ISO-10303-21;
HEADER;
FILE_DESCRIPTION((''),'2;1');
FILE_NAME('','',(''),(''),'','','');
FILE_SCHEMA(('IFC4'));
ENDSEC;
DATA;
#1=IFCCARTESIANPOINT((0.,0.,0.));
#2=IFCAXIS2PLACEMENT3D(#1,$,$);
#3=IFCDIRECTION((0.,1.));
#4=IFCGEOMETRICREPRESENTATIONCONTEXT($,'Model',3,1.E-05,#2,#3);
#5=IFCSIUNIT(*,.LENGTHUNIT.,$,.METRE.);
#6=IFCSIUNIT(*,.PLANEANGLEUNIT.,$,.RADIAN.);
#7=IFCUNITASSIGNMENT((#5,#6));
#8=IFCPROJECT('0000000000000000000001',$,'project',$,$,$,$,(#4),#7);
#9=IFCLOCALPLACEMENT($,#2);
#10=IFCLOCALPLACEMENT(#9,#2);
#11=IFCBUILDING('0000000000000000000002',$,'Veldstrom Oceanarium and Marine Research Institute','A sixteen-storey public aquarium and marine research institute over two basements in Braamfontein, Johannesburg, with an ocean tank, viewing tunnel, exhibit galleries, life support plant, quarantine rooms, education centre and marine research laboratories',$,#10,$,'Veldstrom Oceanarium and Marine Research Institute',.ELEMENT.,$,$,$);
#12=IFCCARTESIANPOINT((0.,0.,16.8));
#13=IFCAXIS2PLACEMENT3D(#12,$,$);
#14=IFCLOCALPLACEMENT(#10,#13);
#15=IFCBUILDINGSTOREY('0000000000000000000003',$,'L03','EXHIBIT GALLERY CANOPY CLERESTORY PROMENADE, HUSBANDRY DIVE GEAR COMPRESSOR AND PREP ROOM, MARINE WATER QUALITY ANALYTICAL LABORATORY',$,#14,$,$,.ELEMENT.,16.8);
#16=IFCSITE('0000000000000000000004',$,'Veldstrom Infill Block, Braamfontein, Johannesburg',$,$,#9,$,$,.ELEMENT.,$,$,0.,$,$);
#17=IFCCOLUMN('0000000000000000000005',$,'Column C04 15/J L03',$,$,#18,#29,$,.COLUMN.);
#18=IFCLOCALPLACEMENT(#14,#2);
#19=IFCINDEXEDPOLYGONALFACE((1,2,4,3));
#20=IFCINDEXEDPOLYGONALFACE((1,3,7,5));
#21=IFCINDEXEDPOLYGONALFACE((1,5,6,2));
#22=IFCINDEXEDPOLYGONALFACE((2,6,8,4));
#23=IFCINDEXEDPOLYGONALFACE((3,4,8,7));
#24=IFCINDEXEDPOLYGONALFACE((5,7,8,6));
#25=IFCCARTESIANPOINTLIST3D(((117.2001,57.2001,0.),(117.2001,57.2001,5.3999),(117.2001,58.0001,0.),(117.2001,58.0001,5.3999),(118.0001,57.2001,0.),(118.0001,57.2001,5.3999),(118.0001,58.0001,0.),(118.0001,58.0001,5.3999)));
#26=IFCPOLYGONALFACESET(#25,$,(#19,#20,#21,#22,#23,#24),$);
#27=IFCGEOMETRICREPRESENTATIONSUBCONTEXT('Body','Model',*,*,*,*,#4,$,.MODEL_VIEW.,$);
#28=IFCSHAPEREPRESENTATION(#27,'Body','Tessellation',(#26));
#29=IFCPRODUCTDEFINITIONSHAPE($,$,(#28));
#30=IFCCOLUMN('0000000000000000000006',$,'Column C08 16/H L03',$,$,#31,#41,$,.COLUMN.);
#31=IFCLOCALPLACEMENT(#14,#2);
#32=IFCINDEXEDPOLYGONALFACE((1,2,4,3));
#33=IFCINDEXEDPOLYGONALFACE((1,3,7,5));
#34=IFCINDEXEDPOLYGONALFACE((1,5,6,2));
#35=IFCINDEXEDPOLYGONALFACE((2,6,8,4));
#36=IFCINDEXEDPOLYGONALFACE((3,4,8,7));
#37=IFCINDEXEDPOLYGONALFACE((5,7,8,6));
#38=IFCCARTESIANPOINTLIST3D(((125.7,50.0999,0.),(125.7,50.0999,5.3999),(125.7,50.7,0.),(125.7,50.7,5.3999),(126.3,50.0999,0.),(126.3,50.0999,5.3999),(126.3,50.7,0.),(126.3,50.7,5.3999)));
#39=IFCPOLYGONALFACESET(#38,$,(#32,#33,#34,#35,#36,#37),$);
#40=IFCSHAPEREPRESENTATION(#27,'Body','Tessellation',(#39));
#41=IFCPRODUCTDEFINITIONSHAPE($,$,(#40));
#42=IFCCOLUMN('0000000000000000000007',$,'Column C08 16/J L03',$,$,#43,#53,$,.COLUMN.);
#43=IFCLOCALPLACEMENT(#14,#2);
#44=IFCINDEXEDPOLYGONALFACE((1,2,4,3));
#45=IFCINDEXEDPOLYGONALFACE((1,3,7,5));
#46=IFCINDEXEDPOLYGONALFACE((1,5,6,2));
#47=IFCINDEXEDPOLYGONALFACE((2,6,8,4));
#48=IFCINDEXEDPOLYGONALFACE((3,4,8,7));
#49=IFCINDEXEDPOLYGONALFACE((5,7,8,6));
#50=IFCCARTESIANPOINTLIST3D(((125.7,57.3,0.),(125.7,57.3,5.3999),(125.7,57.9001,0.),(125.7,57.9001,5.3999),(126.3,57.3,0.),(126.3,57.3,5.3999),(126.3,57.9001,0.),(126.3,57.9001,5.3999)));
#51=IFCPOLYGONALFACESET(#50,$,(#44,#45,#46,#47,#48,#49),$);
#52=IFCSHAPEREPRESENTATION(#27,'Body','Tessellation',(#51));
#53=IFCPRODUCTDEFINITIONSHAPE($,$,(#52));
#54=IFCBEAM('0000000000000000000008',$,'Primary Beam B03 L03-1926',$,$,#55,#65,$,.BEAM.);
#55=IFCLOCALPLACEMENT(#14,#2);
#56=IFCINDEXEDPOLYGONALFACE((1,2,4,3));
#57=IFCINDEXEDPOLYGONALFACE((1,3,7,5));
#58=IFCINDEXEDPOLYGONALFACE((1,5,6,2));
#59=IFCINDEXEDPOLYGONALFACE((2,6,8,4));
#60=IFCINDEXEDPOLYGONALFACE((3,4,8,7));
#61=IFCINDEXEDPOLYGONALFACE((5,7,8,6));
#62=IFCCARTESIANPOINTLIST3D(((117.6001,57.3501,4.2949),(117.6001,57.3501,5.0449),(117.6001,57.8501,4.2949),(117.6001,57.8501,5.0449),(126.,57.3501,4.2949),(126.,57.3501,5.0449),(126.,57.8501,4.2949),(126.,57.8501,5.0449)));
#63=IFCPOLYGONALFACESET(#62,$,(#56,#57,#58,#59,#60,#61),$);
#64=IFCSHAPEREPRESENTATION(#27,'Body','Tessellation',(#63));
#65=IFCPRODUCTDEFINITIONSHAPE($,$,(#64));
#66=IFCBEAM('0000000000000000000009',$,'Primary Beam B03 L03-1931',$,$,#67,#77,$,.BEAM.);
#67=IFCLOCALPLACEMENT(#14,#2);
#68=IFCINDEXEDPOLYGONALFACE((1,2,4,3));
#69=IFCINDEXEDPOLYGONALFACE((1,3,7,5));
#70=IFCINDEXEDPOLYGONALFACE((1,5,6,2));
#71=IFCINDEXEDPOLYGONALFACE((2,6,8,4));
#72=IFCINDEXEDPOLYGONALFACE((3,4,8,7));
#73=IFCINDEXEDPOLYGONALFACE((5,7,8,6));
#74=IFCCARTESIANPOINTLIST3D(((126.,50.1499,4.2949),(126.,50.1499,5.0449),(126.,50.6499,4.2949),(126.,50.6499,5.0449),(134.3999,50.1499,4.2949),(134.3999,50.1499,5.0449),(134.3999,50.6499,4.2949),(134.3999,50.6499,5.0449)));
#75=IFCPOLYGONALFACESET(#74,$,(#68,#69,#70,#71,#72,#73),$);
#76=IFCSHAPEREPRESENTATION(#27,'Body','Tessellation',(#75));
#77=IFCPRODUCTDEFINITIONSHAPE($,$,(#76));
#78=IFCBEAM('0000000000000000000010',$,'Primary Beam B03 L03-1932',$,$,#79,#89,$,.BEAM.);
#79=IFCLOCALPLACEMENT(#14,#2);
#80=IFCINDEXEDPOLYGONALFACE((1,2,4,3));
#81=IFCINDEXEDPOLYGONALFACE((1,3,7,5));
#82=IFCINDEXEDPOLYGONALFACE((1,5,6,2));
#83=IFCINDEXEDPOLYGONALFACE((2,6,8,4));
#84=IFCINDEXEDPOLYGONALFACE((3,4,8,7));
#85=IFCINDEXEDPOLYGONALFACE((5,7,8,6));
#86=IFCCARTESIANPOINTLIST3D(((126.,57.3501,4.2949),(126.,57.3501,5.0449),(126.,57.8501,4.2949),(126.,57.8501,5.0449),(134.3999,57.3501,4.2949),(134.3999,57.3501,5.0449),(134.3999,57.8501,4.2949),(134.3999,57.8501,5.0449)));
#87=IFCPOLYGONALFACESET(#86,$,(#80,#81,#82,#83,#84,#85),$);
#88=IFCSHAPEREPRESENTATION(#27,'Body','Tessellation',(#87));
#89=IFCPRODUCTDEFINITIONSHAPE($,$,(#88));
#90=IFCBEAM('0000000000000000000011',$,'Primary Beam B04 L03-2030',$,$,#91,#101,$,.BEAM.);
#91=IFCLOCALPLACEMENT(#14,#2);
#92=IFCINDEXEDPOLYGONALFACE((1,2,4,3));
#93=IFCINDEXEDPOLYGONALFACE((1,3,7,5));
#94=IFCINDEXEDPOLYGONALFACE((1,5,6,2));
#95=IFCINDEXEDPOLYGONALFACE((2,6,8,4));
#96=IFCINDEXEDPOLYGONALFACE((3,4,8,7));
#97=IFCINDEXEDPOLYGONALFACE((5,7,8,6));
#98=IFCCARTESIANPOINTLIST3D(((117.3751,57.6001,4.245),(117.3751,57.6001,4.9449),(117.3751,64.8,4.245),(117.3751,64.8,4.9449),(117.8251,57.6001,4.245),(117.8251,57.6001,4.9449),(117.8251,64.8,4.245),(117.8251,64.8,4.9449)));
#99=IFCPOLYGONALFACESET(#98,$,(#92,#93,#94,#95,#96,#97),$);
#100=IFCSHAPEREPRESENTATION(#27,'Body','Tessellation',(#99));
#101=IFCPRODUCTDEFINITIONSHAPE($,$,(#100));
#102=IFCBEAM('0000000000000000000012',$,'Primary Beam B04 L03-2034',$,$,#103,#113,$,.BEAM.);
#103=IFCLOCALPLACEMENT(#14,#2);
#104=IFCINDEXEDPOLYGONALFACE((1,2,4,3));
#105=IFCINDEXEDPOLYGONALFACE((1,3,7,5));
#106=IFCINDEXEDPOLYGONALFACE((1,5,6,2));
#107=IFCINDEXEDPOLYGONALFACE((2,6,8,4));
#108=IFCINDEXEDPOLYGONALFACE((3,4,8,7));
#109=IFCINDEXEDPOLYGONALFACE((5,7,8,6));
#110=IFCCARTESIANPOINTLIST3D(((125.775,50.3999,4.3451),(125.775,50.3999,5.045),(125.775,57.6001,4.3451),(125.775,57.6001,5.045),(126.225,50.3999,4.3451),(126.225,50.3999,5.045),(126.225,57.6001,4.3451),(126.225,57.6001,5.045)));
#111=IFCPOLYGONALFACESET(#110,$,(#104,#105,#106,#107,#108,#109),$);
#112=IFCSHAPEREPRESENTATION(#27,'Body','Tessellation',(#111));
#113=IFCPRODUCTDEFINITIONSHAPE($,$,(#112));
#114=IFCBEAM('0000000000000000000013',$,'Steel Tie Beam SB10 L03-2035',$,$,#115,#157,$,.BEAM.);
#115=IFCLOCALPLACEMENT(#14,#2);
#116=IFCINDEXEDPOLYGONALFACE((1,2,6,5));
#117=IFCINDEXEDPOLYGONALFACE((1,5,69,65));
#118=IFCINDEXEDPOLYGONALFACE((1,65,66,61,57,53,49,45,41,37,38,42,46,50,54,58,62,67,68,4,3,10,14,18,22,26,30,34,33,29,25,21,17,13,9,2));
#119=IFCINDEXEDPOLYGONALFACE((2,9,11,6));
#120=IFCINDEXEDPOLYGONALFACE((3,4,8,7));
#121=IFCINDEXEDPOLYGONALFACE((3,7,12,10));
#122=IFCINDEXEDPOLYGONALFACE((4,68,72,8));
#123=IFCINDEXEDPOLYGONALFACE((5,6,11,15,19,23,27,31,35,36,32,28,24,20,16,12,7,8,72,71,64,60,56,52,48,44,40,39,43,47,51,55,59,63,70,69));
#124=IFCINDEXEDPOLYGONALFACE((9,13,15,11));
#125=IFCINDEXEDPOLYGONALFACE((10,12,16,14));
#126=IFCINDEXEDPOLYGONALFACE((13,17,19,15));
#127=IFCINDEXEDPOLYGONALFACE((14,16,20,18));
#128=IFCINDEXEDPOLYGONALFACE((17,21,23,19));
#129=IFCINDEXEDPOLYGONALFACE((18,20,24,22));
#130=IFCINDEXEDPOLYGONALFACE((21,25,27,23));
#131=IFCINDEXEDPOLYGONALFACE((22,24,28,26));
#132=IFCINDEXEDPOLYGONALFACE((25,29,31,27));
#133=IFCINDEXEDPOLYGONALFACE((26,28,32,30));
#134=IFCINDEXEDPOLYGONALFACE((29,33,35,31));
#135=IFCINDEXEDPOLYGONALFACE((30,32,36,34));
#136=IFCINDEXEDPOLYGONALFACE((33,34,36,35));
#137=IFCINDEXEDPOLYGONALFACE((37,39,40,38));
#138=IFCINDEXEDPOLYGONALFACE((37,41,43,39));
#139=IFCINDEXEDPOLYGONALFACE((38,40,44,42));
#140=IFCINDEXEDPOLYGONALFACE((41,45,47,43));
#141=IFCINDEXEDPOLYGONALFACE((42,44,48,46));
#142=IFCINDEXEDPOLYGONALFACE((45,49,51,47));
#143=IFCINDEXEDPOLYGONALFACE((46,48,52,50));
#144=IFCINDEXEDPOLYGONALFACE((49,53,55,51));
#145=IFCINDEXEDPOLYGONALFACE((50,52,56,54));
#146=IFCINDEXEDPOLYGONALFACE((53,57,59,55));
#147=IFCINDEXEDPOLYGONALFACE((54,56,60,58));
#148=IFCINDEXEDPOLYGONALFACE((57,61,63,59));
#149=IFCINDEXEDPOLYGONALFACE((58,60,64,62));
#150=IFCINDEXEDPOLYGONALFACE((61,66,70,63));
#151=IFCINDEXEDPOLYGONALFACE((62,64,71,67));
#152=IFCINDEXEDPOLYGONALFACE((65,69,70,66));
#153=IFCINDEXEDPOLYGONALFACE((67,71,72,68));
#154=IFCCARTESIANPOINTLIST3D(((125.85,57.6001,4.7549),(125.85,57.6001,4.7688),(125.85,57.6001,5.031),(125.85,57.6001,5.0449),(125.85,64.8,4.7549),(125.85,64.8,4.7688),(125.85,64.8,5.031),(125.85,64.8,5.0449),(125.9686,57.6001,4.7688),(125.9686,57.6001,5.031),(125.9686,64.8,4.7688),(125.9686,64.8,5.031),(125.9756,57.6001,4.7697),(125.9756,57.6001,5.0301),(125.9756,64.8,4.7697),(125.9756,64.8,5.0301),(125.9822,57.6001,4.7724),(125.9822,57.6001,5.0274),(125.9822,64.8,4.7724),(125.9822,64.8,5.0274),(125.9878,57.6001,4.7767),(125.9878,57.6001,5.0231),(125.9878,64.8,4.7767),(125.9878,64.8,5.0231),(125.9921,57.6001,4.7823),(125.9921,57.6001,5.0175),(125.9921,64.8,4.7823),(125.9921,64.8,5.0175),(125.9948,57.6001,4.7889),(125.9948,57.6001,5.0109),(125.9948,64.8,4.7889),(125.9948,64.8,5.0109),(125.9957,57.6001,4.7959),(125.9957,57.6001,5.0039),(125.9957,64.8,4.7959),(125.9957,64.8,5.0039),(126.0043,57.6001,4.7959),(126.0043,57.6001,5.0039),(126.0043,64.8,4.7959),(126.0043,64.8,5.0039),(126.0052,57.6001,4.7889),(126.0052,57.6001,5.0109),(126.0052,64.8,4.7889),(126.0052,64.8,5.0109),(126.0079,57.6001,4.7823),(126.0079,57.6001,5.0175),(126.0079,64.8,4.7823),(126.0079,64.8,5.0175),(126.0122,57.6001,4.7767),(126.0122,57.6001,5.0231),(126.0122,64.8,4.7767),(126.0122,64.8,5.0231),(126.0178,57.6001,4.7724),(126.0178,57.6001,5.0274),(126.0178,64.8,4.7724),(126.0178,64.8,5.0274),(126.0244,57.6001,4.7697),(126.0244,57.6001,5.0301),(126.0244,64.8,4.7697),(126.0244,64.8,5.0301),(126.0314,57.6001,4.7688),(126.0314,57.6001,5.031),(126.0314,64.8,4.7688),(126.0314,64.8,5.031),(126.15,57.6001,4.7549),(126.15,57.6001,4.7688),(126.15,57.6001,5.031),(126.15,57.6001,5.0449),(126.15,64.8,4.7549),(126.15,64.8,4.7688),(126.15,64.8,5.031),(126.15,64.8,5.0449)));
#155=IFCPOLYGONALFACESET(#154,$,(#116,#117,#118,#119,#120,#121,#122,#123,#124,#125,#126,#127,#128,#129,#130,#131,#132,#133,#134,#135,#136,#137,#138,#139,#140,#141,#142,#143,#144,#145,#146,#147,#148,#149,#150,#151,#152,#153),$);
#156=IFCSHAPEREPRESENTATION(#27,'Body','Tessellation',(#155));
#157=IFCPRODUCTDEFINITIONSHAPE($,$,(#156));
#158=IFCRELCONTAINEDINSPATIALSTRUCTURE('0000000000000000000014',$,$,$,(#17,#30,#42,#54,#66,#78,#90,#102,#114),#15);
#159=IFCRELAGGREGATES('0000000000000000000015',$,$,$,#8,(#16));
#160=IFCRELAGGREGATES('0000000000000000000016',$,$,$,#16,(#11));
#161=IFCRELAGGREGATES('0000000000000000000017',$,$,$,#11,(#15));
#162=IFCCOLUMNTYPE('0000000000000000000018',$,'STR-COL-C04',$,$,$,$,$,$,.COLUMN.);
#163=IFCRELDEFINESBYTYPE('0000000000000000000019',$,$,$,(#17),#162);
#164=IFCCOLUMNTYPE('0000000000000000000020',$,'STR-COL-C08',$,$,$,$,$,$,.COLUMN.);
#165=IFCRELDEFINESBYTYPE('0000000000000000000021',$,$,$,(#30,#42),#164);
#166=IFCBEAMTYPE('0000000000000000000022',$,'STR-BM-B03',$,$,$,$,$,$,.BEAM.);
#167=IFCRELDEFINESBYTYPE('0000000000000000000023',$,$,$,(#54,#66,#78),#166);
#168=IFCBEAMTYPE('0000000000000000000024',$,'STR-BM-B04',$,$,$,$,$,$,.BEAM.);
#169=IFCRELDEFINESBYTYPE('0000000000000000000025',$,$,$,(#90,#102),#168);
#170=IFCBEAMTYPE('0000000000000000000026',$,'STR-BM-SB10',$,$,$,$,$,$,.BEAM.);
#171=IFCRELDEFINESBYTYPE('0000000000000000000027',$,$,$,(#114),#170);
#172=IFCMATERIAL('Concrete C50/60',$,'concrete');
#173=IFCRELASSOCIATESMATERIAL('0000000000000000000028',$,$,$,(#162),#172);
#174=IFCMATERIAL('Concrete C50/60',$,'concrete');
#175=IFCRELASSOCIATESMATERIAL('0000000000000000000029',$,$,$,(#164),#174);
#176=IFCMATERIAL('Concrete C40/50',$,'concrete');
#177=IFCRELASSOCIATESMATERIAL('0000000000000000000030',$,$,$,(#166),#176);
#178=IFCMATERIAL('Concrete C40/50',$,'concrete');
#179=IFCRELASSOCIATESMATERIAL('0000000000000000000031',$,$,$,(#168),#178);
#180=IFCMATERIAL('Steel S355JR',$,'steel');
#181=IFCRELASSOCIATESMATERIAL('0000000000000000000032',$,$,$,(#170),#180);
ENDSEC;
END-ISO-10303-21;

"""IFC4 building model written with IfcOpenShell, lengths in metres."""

from ifc_helpers import new_model, si_unit, direction, frame, origin, origin_2d, place, context, subcontext, project, spatial, rectangle, i_section, extrude, material, material_profile, profile_set, type_object, element, save


model = new_model("IFC4")

# Units and contexts
model_context = context("Model", 3, precision=1e-05, world=origin(), true_north=direction((0.0, 1.0)))
body_context = subcontext(model_context, "Body", "Model", "MODEL_VIEW")
ifc_project = project(units=[si_unit("LENGTHUNIT", "METRE"), si_unit("PLANEANGLEUNIT", "RADIAN")], contexts=[model_context])

# Site, building, storey
site_placement = place(None, origin())
site = spatial("IfcSite", under=ifc_project, at=site_placement, Name="Veldstrom Infill Block, Braamfontein, Johannesburg", CompositionType="ELEMENT", RefElevation=0.0)
building_placement = place(site_placement, origin())
building = spatial("IfcBuilding", under=site, at=building_placement, Name="Veldstrom Oceanarium and Marine Research Institute", Description="A sixteen-storey public aquarium and marine research institute over two basements in Braamfontein, Johannesburg, with an ocean tank, viewing tunnel, exhibit galleries, life support plant, quarantine rooms, education centre and marine research laboratories", LongName="Veldstrom Oceanarium and Marine Research Institute", CompositionType="ELEMENT")
storey_placement = place(building_placement, frame((0.0, 0.0, 16.8)))
storey = spatial("IfcBuildingStorey", under=building, at=storey_placement, Name="L03", Description="EXHIBIT GALLERY CANOPY CLERESTORY PROMENADE, HUSBANDRY DIVE GEAR COMPRESSOR AND PREP ROOM, MARINE WATER QUALITY ANALYTICAL LABORATORY", CompositionType="ELEMENT", Elevation=16.8)

# Columns
ifc_material_1 = material(Name="Concrete C50/60", Category="concrete")
ifc_material_profile_1 = material_profile(ifc_material_1, rectangle(XDim=0.8, YDim=0.8, at=origin_2d()), Name="RC-COL-800x800")
ifc_profile_set_1 = profile_set([ifc_material_profile_1], Name="Concrete C50/60")
column_type_1 = type_object("IfcColumnType", Name="STR-COL-C04", PredefinedType="COLUMN", material=ifc_profile_set_1)
column_placement = place(storey_placement, frame((117.6001, 57.6001, 0.0), z_axis=(0.0, 0.0, 1.0), x_axis=(1.0, 0.0, 0.0)))
element("IfcColumn", 1, at=column_placement, inside=storey, type_object=column_type_1, Name="Column C04 15/J L03", PredefinedType="COLUMN", context=body_context, shape_type="SweptSolid", body=[
    extrude(rectangle(XDim=0.8, YDim=0.8, at=origin_2d()), origin(), (0.0, 0.0, 1.0), 5.3999),
])
ifc_material_2 = material(Name="Concrete C50/60", Category="concrete")
ifc_material_profile_2 = material_profile(ifc_material_2, rectangle(XDim=0.6001, YDim=0.6001, at=origin_2d()), Name="RC-COL-600x600")
ifc_profile_set_2 = profile_set([ifc_material_profile_2], Name="Concrete C50/60")
column_type_2 = type_object("IfcColumnType", Name="STR-COL-C08", PredefinedType="COLUMN", material=ifc_profile_set_2)
for number, where, z_axis, x_axis, name in (
    (2, (126.0, 50.3999, 0.0), (0.0, 0.0, 1.0), (1.0, 0.0, 0.0), "Column C08 16/H L03"),
    (3, (126.0, 57.6001, 0.0), (0.0, 0.0, 1.0), (1.0, 0.0, 0.0), "Column C08 16/J L03"),
):
    element("IfcColumn", number, at=place(storey_placement, frame(where, z_axis=z_axis, x_axis=x_axis)), inside=storey, type_object=column_type_2, Name=name, PredefinedType="COLUMN", context=body_context, shape_type="SweptSolid", body=[
        extrude(rectangle(XDim=0.6001, YDim=0.6001, at=origin_2d()), origin(), (0.0, 0.0, 1.0), 5.3999),
    ])

# Beams
ifc_material_3 = material(Name="Concrete C40/50", Category="concrete")
ifc_material_profile_3 = material_profile(ifc_material_3, rectangle(XDim=0.5, YDim=0.75, at=origin_2d()), Name="RC-BM-500x750")
ifc_profile_set_3 = profile_set([ifc_material_profile_3], Name="Concrete C40/50")
beam_type_1 = type_object("IfcBeamType", Name="STR-BM-B03", PredefinedType="BEAM", material=ifc_profile_set_3)
for number, where, z_axis, x_axis, name in (
    (4, (117.6001, 57.6001, 4.6699), (1.0, 0.0, 0.0), (0.0, 1.0, 0.0), "Primary Beam B03 L03-1926"),
    (5, (126.0, 50.3999, 4.6699), (1.0, 0.0, 0.0), (0.0, 1.0, 0.0), "Primary Beam B03 L03-1931"),
    (6, (126.0, 57.6001, 4.6699), (1.0, 0.0, 0.0), (0.0, 1.0, 0.0), "Primary Beam B03 L03-1932"),
):
    element("IfcBeam", number, at=place(storey_placement, frame(where, z_axis=z_axis, x_axis=x_axis)), inside=storey, type_object=beam_type_1, Name=name, PredefinedType="BEAM", context=body_context, shape_type="SweptSolid", body=[
        extrude(rectangle(XDim=0.5, YDim=0.75, at=origin_2d()), origin(), (0.0, 0.0, 1.0), 8.3999),
    ])
ifc_material_4 = material(Name="Concrete C40/50", Category="concrete")
ifc_material_profile_4 = material_profile(ifc_material_4, rectangle(XDim=0.45, YDim=0.7, at=origin_2d()), Name="RC-BM-450x700")
ifc_profile_set_4 = profile_set([ifc_material_profile_4], Name="Concrete C40/50")
beam_type_2 = type_object("IfcBeamType", Name="STR-BM-B04", PredefinedType="BEAM", material=ifc_profile_set_4)
beam_1_placement = place(storey_placement, frame((117.6001, 57.6001, 4.595), z_axis=(0.0, 1.0, 0.0), x_axis=(-1.0, 0.0, 0.0)))
element("IfcBeam", 7, at=beam_1_placement, inside=storey, type_object=beam_type_2, Name="Primary Beam B04 L03-2030", PredefinedType="BEAM", context=body_context, shape_type="SweptSolid", body=[
    extrude(rectangle(XDim=0.45, YDim=0.7, at=origin_2d()), origin(), (0.0, 0.0, 1.0), 7.2),
])
beam_2_placement = place(storey_placement, frame((126.0, 50.3999, 4.6951), z_axis=(0.0, 1.0, 0.0), x_axis=(-1.0, 0.0, 0.0)))
element("IfcBeam", 8, at=beam_2_placement, inside=storey, type_object=beam_type_2, Name="Primary Beam B04 L03-2034", PredefinedType="BEAM", context=body_context, shape_type="SweptSolid", body=[
    extrude(rectangle(XDim=0.45, YDim=0.7, at=origin_2d()), origin(), (0.0, 0.0, 1.0), 7.2002),
])
ifc_material_5 = material(Name="Steel S355JR", Category="steel")
ifc_material_profile_5 = material_profile(ifc_material_5, i_section(OverallWidth=0.3, OverallDepth=0.29, WebThickness=0.0085, FlangeThickness=0.0139, FilletRadius=0.0271, at=origin_2d()), Name="HEA 300")
ifc_profile_set_5 = profile_set([ifc_material_profile_5], Name="Steel S355JR")
beam_type_3 = type_object("IfcBeamType", Name="STR-BM-SB10", PredefinedType="BEAM", material=ifc_profile_set_5)
beam_3_placement = place(storey_placement, frame((126.0, 57.6001, 4.8999), z_axis=(0.0, 1.0, 0.0), x_axis=(-1.0, 0.0, 0.0)))
element("IfcBeam", 9, at=beam_3_placement, inside=storey, type_object=beam_type_3, Name="Steel Tie Beam SB10 L03-2035", PredefinedType="BEAM", context=body_context, shape_type="SweptSolid", body=[
    extrude(i_section(OverallWidth=0.3, OverallDepth=0.29, WebThickness=0.0085, FlangeThickness=0.0139, FilletRadius=0.0271, at=origin_2d()), origin(), (0.0, 0.0, 1.0), 7.2),
])

save(model, "model.ifc")
